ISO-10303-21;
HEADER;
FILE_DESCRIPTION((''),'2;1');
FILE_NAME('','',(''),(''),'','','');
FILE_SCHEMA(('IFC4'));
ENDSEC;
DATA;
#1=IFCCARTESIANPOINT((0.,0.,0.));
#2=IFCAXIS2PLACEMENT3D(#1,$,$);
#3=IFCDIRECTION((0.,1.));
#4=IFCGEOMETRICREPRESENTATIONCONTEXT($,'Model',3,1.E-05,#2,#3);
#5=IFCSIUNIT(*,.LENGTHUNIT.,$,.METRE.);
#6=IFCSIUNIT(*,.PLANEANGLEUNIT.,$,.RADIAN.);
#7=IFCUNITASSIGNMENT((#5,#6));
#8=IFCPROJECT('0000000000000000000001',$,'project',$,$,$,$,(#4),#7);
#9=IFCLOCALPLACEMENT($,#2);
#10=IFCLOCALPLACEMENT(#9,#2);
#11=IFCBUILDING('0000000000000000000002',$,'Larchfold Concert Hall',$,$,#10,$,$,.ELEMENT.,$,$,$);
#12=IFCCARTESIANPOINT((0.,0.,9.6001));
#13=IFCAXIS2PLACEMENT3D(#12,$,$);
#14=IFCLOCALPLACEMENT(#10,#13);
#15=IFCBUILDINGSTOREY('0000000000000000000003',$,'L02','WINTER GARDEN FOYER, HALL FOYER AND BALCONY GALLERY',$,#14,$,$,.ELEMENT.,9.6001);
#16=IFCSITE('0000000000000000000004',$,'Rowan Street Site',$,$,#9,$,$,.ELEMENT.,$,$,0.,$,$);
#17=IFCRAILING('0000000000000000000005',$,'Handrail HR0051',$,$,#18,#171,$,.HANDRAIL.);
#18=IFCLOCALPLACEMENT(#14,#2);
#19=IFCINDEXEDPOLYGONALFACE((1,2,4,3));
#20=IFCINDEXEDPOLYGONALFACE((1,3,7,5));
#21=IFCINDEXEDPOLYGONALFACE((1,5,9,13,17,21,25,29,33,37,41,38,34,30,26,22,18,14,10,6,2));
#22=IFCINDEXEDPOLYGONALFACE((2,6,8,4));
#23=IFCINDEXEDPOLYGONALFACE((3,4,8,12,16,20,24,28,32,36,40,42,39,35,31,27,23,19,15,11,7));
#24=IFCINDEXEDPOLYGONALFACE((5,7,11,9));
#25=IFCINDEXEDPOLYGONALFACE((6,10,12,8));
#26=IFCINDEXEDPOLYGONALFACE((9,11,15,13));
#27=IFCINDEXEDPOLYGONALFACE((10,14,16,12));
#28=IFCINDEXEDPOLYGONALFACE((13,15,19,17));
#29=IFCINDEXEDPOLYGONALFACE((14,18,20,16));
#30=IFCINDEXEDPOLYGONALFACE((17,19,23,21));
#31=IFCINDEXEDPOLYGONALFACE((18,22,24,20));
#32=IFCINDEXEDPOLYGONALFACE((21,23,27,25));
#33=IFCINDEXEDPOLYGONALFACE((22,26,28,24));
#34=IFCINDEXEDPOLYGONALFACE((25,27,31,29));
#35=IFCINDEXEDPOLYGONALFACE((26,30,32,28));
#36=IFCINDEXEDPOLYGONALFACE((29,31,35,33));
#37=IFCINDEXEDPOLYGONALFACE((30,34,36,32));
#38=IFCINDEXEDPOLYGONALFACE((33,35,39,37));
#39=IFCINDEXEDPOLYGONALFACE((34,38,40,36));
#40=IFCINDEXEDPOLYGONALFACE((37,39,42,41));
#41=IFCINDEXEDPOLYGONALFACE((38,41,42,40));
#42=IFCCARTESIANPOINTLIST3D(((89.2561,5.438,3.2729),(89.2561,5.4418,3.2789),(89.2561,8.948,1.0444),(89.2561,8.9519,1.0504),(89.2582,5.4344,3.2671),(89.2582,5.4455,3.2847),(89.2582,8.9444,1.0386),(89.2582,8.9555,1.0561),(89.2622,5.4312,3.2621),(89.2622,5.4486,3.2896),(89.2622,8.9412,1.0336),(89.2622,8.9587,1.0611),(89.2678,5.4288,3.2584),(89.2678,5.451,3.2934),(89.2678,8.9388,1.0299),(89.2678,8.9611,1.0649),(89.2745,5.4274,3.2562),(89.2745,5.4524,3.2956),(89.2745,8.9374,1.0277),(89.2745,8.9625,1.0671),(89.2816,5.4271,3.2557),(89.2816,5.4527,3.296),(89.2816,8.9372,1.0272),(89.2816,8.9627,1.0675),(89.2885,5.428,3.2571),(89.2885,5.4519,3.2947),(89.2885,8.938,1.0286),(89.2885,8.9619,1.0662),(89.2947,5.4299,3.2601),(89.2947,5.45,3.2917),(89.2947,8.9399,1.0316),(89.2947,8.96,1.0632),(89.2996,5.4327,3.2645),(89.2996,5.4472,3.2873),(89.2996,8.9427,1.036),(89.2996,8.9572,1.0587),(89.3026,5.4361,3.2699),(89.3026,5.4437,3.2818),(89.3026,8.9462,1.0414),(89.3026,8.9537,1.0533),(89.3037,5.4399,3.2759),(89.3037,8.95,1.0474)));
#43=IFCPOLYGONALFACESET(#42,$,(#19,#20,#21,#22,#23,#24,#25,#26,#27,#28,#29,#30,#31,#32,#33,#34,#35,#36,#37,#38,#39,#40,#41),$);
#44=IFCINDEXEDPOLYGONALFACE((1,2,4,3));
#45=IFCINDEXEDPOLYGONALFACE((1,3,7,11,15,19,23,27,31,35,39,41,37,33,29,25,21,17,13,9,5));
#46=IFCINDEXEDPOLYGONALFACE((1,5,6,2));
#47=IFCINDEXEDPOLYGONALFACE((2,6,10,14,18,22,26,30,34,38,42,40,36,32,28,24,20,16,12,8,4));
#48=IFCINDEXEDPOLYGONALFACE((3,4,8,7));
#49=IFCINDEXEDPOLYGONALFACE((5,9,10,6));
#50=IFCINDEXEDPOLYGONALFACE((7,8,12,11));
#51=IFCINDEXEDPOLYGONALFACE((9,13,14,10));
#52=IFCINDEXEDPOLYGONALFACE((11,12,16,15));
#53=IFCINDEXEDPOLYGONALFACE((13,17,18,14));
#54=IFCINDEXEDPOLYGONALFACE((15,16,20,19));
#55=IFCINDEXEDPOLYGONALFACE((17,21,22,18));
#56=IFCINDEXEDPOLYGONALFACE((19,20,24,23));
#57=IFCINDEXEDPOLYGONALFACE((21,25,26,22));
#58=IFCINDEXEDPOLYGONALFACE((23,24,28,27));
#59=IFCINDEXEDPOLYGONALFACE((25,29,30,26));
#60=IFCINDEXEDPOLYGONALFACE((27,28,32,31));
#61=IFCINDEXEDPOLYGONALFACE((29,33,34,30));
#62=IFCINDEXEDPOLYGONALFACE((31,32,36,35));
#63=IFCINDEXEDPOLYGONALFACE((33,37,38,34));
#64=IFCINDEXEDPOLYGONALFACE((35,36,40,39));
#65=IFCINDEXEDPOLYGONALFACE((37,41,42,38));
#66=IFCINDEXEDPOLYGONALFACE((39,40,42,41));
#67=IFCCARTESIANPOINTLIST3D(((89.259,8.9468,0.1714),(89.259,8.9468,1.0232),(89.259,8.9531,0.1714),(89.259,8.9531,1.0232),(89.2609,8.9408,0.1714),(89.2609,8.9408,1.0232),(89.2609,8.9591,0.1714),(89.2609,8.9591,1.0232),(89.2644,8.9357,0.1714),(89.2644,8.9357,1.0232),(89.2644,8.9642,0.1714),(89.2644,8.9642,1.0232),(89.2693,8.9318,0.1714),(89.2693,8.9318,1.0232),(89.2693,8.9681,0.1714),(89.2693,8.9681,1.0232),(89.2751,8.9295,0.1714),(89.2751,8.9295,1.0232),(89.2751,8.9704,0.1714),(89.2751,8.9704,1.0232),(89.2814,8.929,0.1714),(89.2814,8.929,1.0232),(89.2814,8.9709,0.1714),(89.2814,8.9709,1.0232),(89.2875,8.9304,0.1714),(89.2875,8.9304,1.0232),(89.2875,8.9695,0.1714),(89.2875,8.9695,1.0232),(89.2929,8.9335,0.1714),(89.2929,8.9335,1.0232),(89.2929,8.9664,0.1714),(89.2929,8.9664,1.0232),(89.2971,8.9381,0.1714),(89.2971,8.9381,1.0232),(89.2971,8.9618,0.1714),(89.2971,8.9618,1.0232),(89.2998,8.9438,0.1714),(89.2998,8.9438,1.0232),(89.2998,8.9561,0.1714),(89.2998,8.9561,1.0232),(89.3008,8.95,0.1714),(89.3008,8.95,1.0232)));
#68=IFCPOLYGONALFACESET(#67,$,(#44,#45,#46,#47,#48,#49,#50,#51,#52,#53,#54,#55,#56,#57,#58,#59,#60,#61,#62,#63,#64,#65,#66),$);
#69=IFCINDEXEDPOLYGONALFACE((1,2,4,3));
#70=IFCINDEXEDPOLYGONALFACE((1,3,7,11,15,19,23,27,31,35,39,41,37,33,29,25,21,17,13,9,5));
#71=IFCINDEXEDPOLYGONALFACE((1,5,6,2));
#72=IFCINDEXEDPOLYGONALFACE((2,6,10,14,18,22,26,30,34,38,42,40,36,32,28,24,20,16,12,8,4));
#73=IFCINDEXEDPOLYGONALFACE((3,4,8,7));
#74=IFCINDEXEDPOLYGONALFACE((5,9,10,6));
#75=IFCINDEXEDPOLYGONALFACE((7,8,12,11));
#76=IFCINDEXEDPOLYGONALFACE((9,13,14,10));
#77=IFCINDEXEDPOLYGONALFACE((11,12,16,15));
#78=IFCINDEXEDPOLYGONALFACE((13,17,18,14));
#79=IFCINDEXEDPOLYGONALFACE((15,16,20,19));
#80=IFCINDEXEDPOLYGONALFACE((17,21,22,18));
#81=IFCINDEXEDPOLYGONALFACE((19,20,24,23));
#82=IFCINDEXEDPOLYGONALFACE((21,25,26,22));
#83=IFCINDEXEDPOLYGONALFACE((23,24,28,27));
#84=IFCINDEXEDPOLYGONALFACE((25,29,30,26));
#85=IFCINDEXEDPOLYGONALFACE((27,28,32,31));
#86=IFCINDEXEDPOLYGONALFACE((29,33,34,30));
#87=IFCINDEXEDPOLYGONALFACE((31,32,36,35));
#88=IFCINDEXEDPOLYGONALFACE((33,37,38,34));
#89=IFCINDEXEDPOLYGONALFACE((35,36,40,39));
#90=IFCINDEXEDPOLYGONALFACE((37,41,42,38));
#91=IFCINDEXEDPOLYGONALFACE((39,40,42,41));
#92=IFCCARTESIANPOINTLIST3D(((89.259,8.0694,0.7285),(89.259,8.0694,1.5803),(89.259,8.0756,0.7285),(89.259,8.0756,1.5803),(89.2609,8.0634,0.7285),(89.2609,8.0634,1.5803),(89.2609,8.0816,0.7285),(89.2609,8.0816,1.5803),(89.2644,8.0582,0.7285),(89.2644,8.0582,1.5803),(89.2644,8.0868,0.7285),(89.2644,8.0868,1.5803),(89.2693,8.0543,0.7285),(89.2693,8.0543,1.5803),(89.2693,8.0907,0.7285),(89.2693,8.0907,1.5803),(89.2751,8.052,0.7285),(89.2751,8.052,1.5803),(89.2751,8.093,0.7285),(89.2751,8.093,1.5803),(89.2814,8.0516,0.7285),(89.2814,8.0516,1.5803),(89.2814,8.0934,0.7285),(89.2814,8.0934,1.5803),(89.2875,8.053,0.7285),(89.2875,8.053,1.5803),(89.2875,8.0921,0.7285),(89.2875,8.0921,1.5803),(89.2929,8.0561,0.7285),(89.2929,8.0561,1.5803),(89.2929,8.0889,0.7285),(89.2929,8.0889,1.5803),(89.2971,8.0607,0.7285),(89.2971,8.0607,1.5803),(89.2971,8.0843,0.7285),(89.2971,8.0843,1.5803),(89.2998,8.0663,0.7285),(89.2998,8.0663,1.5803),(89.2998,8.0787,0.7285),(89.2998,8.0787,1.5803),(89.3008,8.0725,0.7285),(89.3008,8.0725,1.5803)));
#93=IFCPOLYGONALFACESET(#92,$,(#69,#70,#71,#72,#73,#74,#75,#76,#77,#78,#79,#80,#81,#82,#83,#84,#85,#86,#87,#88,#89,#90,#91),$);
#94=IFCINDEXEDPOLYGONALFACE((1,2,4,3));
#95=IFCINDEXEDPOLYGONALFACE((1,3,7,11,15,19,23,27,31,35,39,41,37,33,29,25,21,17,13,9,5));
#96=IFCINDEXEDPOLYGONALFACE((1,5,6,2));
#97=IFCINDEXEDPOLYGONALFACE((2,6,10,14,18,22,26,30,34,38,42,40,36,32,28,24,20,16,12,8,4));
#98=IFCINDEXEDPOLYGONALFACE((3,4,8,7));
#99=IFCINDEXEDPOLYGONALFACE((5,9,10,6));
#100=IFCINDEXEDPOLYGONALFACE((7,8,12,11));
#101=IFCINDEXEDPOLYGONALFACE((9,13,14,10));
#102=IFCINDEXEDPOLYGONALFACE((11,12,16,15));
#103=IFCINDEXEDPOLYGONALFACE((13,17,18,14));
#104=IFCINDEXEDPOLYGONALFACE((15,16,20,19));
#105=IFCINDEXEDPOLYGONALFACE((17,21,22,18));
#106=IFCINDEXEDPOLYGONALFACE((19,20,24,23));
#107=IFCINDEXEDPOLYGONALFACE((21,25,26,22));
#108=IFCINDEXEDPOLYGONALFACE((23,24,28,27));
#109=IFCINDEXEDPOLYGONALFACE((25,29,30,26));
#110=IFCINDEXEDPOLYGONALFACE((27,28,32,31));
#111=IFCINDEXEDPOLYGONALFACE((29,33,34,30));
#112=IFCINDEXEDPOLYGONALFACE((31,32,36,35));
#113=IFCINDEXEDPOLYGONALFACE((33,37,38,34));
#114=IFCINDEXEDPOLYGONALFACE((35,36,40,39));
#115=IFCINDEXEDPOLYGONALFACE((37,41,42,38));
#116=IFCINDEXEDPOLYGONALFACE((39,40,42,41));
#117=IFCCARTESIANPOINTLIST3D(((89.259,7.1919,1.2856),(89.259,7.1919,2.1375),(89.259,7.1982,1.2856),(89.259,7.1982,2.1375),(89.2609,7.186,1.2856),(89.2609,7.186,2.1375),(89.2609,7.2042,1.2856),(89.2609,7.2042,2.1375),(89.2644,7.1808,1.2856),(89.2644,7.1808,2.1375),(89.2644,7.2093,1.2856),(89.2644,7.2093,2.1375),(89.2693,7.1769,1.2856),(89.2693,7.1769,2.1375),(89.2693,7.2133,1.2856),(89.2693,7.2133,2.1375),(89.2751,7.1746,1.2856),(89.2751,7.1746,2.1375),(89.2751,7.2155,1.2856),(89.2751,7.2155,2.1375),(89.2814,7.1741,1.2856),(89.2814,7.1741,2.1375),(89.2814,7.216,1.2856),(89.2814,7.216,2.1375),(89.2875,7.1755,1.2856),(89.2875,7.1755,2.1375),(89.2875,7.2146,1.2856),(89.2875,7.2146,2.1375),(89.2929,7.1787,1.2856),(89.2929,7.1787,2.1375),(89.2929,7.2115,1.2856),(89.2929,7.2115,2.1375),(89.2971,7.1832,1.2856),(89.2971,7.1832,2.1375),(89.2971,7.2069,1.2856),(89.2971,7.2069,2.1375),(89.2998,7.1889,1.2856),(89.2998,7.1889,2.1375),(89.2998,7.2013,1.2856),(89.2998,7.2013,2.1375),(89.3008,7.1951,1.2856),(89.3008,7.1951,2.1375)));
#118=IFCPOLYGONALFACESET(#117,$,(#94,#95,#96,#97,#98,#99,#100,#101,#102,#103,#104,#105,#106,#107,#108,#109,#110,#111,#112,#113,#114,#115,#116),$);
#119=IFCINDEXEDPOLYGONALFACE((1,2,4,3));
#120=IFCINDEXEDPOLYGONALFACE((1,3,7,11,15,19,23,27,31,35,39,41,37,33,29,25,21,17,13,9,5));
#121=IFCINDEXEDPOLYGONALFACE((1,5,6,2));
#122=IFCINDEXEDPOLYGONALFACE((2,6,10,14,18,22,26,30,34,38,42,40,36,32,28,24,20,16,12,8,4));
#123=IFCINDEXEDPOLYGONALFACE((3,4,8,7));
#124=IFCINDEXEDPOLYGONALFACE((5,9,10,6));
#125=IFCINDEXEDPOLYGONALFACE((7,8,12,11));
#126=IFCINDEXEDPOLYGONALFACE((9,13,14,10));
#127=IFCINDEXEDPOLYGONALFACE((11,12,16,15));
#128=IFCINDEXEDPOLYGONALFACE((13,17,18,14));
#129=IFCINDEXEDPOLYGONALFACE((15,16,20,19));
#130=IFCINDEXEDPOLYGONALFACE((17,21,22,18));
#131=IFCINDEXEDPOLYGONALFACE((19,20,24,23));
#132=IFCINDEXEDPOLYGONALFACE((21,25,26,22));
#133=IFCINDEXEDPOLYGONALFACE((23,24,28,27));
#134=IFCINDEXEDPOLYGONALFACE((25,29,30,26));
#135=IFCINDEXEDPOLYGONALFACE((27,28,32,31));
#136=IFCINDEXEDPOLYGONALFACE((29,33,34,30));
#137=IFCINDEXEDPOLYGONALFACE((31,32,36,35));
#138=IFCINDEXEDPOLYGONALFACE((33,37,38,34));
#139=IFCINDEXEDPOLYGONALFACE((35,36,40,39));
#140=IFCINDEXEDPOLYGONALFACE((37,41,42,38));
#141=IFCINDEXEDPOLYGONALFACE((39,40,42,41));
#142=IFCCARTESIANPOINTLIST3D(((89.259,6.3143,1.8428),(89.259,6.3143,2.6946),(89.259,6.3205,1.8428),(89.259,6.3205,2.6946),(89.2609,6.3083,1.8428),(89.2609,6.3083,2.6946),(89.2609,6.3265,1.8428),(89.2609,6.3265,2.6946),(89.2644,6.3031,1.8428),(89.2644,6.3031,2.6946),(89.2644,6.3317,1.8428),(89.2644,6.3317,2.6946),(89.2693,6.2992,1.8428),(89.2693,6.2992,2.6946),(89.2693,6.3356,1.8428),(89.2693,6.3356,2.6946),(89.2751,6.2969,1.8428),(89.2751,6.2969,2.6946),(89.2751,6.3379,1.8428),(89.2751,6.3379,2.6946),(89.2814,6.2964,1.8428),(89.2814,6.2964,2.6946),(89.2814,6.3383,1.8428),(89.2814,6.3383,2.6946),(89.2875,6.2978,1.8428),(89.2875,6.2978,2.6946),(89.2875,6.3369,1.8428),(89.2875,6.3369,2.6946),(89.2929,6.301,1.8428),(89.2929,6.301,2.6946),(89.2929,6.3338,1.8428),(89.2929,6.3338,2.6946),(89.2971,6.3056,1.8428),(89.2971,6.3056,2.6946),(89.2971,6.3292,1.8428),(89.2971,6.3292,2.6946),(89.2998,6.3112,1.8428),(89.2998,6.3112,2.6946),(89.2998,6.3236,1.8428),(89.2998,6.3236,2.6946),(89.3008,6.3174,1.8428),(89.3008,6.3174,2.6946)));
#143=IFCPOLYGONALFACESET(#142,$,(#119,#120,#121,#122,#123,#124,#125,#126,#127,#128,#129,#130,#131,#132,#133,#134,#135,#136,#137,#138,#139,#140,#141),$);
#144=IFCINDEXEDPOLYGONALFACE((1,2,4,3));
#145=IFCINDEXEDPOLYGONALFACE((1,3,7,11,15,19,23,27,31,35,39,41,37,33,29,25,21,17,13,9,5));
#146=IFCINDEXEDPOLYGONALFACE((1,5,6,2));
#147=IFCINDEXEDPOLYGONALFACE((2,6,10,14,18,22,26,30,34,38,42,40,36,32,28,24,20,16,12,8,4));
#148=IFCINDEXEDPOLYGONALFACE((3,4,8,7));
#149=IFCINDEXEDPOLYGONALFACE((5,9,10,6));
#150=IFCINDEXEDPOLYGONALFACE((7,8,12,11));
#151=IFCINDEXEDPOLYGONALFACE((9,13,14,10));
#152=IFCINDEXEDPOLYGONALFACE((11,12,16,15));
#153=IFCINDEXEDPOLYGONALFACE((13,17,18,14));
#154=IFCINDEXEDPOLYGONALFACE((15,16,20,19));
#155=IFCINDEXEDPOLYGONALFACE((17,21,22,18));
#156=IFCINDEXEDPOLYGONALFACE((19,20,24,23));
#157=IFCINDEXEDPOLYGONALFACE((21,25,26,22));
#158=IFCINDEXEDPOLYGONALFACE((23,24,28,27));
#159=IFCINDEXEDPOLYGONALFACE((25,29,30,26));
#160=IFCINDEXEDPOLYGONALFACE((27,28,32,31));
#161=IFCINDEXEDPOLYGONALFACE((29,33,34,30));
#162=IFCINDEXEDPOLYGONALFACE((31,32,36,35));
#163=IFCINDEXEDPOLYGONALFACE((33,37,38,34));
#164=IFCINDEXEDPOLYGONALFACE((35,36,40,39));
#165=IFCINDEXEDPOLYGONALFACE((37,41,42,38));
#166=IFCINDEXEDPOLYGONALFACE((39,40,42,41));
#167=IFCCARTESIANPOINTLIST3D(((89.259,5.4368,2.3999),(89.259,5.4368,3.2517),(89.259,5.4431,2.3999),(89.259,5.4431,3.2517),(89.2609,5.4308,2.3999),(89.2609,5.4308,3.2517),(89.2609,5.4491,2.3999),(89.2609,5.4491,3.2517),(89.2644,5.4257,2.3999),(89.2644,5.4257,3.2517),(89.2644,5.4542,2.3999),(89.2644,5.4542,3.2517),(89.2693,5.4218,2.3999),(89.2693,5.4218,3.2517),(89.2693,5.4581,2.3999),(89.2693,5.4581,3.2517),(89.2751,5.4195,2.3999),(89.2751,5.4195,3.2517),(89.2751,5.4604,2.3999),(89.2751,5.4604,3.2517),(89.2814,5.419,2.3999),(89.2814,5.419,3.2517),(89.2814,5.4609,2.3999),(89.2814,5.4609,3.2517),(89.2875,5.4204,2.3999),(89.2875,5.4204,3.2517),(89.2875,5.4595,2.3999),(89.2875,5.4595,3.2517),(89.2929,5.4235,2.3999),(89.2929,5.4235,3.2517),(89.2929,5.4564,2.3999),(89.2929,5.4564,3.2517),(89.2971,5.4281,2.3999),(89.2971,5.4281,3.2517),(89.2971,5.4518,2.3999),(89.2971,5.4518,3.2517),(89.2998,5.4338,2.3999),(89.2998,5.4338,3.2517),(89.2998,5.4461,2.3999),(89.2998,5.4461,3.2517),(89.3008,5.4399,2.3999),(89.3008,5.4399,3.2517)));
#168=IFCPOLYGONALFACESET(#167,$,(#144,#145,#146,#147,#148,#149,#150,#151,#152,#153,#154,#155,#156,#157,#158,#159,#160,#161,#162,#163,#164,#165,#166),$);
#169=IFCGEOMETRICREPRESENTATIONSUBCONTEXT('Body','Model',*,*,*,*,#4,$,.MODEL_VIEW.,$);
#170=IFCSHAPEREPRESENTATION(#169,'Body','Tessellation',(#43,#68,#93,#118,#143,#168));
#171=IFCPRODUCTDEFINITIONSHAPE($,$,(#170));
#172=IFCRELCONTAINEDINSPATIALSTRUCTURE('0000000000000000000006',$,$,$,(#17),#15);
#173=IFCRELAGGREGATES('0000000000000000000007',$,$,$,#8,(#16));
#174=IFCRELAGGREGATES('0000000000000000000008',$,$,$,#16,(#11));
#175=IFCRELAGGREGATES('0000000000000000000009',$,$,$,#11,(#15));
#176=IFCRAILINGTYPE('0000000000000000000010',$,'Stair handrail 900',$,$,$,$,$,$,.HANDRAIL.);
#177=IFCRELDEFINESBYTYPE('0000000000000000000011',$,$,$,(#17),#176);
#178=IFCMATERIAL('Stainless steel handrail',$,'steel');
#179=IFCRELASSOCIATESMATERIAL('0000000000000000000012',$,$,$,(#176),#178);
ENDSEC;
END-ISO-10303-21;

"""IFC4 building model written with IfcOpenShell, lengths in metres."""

from ifc_helpers import new_model, si_unit, direction, frame, origin, origin_2d, place, context, subcontext, project, spatial, circle, extrude, material, type_object, element, save


model = new_model("IFC4")

# Units and contexts
model_context = context("Model", 3, precision=1e-05, world=origin(), true_north=direction((0.0, 1.0)))
body_context = subcontext(model_context, "Body", "Model", "MODEL_VIEW")
ifc_project = project(units=[si_unit("LENGTHUNIT", "METRE"), si_unit("PLANEANGLEUNIT", "RADIAN")], contexts=[model_context])

# Site, building, storey
site_placement = place(None, origin())
site = spatial("IfcSite", under=ifc_project, at=site_placement, Name="Rowan Street Site", CompositionType="ELEMENT", RefElevation=0.0)
building_placement = place(site_placement, origin())
building = spatial("IfcBuilding", under=site, at=building_placement, Name="Larchfold Concert Hall", CompositionType="ELEMENT")
storey_placement = place(building_placement, frame((0.0, 0.0, 9.6001)))
storey = spatial("IfcBuildingStorey", under=building, at=storey_placement, Name="L02", Description="WINTER GARDEN FOYER, HALL FOYER AND BALCONY GALLERY", CompositionType="ELEMENT", Elevation=9.6001)

# Railing
ifc_material_1 = material(Name="Stainless steel handrail", Category="steel")
railing_type_1 = type_object("IfcRailingType", Name="Stair handrail 900", PredefinedType="HANDRAIL", material=ifc_material_1)
railing_1_placement = place(storey_placement, frame((89.2798, 8.95, 0.1714)))
element("IfcRailing", 1, at=railing_1_placement, inside=storey, type_object=railing_type_1, Name="Handrail HR0051", PredefinedType="HANDRAIL", context=body_context, shape_type="SweptSolid", body=[
    extrude(circle(Radius=0.0239, at=origin_2d()), frame((0.0, 0.0, 0.876), z_axis=(0.0, -0.84422, 0.535998), x_axis=(1.0, 0.0, 0.0)), (0.0, 0.0, 1.0), 4.1577),
    extrude(circle(Radius=0.021, at=origin_2d()), origin(), (0.0, 0.0, 1.0), 0.8518),
    extrude(circle(Radius=0.021, at=origin_2d()), frame((0.0, -0.8774, 0.5571)), (0.0, 0.0, 1.0), 0.8518),
    extrude(circle(Radius=0.021, at=origin_2d()), frame((0.0, -1.7549, 1.1143)), (0.0, 0.0, 1.0), 0.8518),
    extrude(circle(Radius=0.021, at=origin_2d()), frame((0.0, -2.6326, 1.6714)), (0.0, 0.0, 1.0), 0.8518),
    extrude(circle(Radius=0.021, at=origin_2d()), frame((0.0, -3.51, 2.2285)), (0.0, 0.0, 1.0), 0.8518),
])

save(model, "model.ifc")
